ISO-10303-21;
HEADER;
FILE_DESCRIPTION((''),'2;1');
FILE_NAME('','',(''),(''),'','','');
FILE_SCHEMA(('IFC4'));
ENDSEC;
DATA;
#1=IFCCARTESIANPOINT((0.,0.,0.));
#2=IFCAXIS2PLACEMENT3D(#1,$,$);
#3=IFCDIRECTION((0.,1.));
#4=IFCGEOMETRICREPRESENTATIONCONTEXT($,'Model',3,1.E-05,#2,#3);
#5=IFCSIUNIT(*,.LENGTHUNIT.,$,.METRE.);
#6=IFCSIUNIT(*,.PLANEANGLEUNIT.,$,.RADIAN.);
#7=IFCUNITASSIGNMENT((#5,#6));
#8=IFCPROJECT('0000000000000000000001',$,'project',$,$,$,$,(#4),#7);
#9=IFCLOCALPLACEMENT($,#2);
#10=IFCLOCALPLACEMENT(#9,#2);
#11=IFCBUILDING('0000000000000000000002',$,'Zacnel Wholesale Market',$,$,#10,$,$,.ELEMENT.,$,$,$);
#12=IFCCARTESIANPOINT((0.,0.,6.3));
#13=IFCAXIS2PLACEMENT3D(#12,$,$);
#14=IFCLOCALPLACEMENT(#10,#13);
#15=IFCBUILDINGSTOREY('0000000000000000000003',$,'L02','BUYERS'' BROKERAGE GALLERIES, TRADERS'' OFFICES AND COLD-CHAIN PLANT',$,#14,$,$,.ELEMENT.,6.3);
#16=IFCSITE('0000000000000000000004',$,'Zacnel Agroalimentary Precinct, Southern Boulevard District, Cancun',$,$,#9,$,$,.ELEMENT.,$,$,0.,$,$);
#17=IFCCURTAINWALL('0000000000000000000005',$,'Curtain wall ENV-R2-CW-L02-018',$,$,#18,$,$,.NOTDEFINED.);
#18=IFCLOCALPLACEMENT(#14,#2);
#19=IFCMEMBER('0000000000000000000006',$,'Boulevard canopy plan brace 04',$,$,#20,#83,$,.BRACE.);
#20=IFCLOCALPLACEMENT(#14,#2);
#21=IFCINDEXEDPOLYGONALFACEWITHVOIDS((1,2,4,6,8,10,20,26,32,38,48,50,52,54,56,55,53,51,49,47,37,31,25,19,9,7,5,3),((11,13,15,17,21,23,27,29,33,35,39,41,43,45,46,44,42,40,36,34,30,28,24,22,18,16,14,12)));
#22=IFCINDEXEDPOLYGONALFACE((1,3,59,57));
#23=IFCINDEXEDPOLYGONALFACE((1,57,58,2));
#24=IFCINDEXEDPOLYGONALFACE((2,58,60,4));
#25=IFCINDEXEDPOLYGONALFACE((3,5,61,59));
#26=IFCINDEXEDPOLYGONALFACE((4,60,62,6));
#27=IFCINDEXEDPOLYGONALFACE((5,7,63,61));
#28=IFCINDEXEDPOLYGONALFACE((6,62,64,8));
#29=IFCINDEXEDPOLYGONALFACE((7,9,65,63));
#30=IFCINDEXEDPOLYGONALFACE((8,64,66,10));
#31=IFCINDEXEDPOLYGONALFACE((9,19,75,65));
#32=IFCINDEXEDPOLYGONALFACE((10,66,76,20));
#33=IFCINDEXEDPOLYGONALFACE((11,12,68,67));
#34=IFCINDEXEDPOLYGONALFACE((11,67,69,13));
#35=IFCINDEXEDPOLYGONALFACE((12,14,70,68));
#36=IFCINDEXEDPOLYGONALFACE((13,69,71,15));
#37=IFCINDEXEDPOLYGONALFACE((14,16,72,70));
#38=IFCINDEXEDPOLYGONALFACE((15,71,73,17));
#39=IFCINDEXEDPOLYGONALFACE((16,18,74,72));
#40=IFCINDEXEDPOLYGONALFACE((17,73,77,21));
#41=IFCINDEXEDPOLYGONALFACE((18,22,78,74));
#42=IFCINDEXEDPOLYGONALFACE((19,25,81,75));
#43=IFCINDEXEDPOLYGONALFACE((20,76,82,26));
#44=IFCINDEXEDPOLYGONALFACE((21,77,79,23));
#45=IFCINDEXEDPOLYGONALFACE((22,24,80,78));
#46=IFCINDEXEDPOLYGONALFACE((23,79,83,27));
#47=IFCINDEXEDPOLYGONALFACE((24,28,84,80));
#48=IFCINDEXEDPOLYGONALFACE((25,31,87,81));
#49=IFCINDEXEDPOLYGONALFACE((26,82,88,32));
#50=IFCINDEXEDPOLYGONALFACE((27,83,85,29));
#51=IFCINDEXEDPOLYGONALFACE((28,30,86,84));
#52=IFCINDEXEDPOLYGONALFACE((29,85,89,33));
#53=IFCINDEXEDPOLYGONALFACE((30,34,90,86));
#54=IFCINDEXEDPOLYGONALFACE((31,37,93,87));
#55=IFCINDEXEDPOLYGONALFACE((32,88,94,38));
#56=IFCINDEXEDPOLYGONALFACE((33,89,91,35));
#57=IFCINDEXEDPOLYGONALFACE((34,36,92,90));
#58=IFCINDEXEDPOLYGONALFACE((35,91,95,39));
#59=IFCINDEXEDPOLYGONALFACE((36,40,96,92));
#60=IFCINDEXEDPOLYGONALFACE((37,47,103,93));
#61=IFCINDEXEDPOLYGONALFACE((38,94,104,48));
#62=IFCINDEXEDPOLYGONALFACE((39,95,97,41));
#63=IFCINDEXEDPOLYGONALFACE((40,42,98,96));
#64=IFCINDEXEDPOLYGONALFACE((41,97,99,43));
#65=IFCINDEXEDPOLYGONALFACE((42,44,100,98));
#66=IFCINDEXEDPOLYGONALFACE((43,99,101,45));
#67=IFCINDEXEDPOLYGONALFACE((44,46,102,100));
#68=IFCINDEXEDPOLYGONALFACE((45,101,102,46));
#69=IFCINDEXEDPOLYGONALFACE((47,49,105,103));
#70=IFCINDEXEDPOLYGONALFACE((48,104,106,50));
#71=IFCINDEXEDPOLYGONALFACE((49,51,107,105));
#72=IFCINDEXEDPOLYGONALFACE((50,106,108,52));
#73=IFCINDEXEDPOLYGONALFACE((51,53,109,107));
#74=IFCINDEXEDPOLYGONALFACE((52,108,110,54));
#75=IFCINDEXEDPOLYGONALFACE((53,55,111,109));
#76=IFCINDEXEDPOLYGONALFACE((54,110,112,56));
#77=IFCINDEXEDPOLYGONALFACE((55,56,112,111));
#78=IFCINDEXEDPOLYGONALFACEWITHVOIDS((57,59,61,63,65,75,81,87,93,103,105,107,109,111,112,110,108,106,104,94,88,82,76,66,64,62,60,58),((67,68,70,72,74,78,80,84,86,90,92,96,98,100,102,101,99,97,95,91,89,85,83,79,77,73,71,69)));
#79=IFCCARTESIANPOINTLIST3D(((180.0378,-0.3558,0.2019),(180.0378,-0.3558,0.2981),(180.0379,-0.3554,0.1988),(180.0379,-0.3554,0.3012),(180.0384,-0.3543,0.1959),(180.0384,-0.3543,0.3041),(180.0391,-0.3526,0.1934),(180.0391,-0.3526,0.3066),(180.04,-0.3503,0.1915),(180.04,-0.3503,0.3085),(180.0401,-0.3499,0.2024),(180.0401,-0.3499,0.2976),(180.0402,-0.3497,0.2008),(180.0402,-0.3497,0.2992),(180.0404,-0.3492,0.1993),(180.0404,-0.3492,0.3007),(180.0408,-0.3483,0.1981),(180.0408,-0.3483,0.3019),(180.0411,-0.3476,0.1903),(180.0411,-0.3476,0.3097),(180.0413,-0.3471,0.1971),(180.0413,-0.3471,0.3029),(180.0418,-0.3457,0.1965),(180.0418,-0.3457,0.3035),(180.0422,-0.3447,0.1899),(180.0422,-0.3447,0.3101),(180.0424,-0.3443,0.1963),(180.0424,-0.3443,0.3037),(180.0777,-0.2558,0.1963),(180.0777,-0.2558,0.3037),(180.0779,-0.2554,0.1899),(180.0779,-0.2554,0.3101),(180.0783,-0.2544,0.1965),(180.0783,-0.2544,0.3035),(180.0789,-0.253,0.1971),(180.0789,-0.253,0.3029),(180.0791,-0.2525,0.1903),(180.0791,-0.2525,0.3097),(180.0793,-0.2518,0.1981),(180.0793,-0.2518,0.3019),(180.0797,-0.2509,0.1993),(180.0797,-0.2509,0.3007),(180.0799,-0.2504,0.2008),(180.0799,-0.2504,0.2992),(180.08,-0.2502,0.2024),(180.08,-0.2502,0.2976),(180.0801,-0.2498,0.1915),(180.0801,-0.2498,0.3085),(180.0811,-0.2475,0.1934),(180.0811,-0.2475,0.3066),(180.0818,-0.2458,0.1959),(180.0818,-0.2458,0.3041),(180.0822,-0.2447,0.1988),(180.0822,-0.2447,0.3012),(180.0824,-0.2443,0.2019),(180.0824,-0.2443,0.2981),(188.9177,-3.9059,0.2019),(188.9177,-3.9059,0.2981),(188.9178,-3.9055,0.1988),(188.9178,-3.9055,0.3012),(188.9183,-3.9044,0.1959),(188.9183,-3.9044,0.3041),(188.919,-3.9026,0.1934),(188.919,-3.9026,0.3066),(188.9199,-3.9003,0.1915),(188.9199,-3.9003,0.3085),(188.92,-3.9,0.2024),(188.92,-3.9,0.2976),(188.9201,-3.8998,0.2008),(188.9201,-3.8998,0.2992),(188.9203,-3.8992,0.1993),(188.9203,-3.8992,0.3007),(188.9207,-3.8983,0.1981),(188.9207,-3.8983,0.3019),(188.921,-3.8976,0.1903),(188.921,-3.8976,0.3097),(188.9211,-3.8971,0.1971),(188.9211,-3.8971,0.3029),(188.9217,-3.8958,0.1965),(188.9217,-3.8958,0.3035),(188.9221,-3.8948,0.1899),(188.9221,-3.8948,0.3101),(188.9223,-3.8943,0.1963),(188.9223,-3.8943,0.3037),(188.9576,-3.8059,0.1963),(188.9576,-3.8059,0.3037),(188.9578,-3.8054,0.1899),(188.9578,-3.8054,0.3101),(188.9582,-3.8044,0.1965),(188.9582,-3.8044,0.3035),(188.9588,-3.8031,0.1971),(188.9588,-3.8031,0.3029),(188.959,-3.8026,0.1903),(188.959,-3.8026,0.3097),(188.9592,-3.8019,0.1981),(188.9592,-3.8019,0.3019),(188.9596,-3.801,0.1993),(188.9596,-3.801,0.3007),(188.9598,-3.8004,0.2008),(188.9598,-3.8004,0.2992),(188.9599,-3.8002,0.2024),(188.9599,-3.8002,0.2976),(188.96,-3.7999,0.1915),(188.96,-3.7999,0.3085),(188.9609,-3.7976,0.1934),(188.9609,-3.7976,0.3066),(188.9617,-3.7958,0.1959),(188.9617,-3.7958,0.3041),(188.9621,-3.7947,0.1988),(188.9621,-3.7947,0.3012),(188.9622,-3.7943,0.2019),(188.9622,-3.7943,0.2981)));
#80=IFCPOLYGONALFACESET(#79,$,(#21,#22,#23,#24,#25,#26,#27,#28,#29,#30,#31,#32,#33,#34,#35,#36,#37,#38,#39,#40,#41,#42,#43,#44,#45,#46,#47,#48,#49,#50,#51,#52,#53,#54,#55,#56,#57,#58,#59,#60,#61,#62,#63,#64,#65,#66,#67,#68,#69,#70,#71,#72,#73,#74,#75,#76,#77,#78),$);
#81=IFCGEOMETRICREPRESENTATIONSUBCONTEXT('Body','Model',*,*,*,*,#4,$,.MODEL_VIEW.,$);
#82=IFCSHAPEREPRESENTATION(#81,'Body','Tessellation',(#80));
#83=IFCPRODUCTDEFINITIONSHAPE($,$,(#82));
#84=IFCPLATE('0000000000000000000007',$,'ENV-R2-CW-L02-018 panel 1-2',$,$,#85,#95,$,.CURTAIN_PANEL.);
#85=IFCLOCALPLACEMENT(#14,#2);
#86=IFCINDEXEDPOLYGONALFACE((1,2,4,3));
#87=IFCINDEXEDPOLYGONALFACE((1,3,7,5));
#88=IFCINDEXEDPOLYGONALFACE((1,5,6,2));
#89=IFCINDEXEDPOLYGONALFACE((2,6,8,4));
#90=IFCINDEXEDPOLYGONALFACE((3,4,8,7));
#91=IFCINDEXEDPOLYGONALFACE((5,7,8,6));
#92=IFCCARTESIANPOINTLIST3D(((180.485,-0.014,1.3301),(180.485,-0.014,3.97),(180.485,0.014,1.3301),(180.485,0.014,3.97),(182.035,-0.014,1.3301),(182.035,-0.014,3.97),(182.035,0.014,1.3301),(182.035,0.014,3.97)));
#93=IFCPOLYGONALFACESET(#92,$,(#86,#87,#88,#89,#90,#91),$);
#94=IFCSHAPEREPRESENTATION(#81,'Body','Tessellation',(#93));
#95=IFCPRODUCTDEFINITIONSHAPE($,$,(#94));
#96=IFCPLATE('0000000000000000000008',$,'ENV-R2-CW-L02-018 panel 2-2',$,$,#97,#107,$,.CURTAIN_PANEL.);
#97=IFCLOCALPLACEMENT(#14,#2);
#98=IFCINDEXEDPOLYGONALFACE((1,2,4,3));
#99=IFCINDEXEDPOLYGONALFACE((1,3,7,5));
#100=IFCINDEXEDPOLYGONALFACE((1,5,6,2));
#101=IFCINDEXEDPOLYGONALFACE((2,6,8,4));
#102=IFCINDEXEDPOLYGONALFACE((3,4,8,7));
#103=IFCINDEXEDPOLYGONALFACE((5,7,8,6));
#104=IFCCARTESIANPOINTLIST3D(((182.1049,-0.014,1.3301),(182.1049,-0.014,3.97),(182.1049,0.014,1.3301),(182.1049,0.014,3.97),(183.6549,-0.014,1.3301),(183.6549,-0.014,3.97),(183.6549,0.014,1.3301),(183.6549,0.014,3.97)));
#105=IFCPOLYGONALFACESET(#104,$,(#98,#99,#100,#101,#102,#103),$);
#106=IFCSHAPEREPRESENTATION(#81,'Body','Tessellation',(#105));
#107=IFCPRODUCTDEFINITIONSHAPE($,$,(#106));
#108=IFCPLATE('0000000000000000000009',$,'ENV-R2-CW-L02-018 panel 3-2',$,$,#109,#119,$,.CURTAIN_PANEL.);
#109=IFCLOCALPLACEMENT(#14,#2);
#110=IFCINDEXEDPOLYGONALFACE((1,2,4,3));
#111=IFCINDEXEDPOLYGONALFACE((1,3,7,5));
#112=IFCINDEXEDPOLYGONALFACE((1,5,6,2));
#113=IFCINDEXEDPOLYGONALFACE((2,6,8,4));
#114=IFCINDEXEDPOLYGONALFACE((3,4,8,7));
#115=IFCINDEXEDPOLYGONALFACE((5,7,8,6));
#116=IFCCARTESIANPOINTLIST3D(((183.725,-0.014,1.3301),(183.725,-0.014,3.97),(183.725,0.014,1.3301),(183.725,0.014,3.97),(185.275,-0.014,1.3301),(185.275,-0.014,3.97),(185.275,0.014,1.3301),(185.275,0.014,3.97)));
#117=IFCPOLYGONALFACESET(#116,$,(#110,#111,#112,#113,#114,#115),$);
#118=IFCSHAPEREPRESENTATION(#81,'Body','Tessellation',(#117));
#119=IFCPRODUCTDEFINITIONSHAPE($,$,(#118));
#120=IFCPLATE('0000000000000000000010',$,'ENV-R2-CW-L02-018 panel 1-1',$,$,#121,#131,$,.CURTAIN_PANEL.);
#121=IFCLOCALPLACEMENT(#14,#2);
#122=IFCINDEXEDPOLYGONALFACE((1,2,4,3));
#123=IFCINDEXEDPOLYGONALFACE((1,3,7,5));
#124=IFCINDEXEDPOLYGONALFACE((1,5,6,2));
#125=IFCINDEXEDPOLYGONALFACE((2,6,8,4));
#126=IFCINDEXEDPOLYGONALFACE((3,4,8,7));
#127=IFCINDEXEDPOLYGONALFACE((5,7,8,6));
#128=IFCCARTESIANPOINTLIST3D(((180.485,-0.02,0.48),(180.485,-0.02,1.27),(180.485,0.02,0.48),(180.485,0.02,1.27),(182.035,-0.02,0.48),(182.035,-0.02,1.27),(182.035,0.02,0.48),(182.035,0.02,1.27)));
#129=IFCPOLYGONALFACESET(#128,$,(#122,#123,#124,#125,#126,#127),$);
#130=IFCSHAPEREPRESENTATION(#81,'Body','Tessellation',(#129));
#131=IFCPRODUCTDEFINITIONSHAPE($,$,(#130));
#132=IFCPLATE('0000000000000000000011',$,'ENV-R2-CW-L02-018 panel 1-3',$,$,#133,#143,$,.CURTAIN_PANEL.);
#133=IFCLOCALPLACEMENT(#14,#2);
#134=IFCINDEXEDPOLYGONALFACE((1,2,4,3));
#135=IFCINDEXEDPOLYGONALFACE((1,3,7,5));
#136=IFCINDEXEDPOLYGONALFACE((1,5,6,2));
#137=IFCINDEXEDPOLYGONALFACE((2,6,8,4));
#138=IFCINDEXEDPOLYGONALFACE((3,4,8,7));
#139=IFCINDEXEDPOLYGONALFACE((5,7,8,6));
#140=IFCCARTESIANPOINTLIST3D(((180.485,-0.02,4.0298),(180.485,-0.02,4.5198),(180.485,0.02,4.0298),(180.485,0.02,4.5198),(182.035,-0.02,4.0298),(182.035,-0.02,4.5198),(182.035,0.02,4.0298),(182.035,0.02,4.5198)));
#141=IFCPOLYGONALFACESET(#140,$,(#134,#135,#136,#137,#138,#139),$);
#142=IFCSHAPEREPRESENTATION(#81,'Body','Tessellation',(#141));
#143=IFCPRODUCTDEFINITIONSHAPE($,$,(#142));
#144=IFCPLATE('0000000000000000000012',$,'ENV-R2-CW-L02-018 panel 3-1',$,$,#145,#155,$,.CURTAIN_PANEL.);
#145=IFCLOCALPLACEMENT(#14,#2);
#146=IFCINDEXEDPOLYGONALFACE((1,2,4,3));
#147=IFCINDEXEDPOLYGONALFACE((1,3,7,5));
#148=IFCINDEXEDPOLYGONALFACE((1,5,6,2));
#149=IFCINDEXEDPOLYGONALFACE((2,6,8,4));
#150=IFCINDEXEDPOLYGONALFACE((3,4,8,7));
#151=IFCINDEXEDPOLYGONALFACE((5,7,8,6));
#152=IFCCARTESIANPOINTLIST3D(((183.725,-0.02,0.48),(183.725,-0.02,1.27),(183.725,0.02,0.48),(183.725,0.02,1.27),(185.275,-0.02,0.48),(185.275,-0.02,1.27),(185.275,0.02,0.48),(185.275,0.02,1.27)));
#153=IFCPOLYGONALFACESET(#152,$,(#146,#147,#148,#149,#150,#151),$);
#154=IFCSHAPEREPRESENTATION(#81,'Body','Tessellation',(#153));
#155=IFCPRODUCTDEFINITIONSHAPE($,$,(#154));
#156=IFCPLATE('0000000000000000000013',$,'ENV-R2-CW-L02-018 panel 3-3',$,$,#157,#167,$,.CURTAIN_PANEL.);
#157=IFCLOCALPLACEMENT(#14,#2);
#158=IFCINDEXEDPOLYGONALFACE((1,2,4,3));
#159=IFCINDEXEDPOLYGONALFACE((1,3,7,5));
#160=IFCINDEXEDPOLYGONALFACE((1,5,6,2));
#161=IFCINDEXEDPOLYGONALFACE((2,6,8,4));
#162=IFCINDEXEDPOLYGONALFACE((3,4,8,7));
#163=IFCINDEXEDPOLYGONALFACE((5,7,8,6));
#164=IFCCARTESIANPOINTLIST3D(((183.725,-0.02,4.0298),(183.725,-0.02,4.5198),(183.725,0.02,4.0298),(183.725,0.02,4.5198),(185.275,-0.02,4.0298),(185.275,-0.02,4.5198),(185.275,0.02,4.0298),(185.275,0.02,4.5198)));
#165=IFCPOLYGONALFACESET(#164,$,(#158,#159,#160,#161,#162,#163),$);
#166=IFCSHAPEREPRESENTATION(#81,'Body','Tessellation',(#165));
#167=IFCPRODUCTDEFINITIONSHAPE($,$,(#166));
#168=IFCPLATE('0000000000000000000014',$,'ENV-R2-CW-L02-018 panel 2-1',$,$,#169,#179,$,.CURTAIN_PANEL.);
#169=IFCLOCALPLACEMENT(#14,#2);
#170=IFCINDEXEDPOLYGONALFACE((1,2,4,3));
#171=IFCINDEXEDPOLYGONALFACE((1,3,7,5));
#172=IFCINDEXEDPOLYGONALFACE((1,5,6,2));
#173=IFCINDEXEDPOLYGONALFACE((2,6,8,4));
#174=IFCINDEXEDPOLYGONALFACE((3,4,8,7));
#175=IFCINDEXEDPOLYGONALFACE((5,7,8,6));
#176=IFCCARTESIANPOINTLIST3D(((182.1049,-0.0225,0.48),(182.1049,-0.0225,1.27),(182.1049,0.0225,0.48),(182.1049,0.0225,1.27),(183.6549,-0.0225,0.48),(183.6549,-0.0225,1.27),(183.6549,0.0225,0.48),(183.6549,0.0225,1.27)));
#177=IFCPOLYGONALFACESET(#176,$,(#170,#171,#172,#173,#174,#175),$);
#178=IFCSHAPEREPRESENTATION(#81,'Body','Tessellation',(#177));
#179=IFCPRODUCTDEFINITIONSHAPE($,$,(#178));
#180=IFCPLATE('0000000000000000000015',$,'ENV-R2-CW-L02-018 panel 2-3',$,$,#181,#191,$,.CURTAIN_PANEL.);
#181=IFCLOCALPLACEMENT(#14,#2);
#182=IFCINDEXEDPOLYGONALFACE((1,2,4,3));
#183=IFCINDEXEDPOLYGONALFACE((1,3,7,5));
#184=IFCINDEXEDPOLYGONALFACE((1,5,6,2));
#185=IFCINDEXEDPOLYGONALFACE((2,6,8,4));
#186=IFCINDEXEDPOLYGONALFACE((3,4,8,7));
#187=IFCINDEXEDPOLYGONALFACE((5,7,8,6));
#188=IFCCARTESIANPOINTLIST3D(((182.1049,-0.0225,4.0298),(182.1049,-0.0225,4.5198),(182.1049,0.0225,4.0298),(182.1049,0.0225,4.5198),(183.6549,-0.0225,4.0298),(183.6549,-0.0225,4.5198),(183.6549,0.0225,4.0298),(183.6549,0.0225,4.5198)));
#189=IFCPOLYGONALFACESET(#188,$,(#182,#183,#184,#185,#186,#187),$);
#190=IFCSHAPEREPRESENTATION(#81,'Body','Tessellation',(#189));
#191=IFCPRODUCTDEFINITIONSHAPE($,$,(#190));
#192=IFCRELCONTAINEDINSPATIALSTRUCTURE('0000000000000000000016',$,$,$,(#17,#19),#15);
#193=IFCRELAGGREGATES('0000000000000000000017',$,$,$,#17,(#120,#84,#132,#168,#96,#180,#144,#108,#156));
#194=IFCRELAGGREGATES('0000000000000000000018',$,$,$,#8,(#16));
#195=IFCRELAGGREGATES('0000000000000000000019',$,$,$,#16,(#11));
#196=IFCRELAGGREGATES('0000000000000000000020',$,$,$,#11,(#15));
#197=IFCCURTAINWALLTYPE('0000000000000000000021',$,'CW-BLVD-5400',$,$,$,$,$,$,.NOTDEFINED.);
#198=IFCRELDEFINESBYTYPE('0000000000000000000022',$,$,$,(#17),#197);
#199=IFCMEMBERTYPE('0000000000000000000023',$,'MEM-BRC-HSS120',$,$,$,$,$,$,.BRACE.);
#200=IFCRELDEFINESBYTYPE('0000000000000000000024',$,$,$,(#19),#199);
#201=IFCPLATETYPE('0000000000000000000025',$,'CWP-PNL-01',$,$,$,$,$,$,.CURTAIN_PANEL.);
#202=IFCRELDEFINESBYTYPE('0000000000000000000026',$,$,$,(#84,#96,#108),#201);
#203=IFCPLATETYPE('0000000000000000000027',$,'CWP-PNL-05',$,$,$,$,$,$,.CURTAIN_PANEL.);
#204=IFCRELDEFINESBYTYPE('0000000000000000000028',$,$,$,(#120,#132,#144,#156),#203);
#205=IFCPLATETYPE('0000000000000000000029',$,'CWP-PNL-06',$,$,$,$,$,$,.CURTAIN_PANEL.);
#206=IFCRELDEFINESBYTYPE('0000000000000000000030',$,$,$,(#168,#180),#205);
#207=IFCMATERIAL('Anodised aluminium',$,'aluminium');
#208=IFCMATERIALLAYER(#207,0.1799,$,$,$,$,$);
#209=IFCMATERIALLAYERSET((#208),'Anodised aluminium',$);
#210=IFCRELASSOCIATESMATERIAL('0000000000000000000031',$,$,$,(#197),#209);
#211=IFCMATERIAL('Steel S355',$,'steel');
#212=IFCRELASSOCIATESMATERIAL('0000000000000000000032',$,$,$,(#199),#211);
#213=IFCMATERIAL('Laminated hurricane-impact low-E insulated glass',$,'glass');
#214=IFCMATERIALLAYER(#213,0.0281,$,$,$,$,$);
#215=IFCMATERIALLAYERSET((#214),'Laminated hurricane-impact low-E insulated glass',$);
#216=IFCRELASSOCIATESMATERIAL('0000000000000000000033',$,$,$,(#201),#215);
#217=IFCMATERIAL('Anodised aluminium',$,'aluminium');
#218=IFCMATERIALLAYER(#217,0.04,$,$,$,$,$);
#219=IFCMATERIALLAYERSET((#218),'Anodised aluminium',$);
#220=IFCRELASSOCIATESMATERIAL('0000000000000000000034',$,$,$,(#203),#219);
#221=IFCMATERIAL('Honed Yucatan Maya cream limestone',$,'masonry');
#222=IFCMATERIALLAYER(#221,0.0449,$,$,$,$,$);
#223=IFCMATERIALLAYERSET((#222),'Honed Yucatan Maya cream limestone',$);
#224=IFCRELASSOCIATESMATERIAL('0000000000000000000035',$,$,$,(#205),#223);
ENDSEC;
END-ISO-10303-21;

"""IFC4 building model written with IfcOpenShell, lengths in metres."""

from ifc_helpers import new_model, si_unit, direction, frame, origin, origin_2d, place, context, subcontext, project, spatial, rectangle, hollow_rectangle, extrude, material, layer, layer_set, material_profile, profile_set, type_object, element, aggregate, save


model = new_model("IFC4")

# Units and contexts
model_context = context("Model", 3, precision=1e-05, world=origin(), true_north=direction((0.0, 1.0)))
body_context = subcontext(model_context, "Body", "Model", "MODEL_VIEW")
ifc_project = project(units=[si_unit("LENGTHUNIT", "METRE"), si_unit("PLANEANGLEUNIT", "RADIAN")], contexts=[model_context])

# Site, building, storey
site_placement = place(None, origin())
site = spatial("IfcSite", under=ifc_project, at=site_placement, Name="Zacnel Agroalimentary Precinct, Southern Boulevard District, Cancun", CompositionType="ELEMENT", RefElevation=0.0)
building_placement = place(site_placement, origin())
building = spatial("IfcBuilding", under=site, at=building_placement, Name="Zacnel Wholesale Market", CompositionType="ELEMENT")
storey_placement = place(building_placement, frame((0.0, 0.0, 6.3)))
storey = spatial("IfcBuildingStorey", under=building, at=storey_placement, Name="L02", Description="BUYERS' BROKERAGE GALLERIES, TRADERS' OFFICES AND COLD-CHAIN PLANT", CompositionType="ELEMENT", Elevation=6.3)

# Curtain wall
ifc_material_1 = material(Name="Anodised aluminium", Category="aluminium")
ifc_layer_1 = layer(ifc_material_1, 0.1799)
ifc_layer_set_1 = layer_set([ifc_layer_1], Name="Anodised aluminium")
curtain_wall_type = type_object("IfcCurtainWallType", Name="CW-BLVD-5400", PredefinedType="NOTDEFINED", material=ifc_layer_set_1)
curtain_wall_placement = place(storey_placement, origin())
curtain_wall = element("IfcCurtainWall", 1, at=curtain_wall_placement, inside=storey, type_object=curtain_wall_type, Name="Curtain wall ENV-R2-CW-L02-018", PredefinedType="NOTDEFINED")

# Member
ifc_material_2 = material(Name="Steel S355", Category="steel")
ifc_material_profile_1 = material_profile(ifc_material_2, hollow_rectangle(XDim=0.1201, YDim=0.1201, WallThickness=0.0063, InnerFilletRadius=0.0061, OuterFilletRadius=0.012, at=origin_2d()), Name="HSS 120x120x6.3")
ifc_profile_set_1 = profile_set([ifc_material_profile_1], Name="Steel S355")
member_type_1 = type_object("IfcMemberType", Name="MEM-BRC-HSS120", PredefinedType="BRACE", material=ifc_profile_set_1)
member_1_placement = place(storey_placement, frame((180.0601, -0.3, 0.25), z_axis=(0.928545, -0.371219, 0.0), x_axis=(0.371219, 0.928545, 0.0)))
element("IfcMember", 2, at=member_1_placement, inside=storey, type_object=member_type_1, Name="Boulevard canopy plan brace 04", PredefinedType="BRACE", context=body_context, shape_type="SweptSolid", body=[
    extrude(hollow_rectangle(XDim=0.1201, YDim=0.1201, WallThickness=0.0063, InnerFilletRadius=0.0061, OuterFilletRadius=0.012, at=origin_2d()), origin(), (0.0, 0.0, 1.0), 9.5632),
])

# Plates
ifc_material_3 = material(Name="Laminated hurricane-impact low-E insulated glass", Category="glass")
ifc_layer_2 = layer(ifc_material_3, 0.0281)
ifc_layer_set_2 = layer_set([ifc_layer_2], Name="Laminated hurricane-impact low-E insulated glass")
plate_type_1 = type_object("IfcPlateType", Name="CWP-PNL-01", PredefinedType="CURTAIN_PANEL", material=ifc_layer_set_2)
plate_1_placement = place(storey_placement, frame((181.26, 0.0, 1.3301), z_axis=(0.0, 0.0, 1.0), x_axis=(1.0, 0.0, 0.0)))
plate_1 = element("IfcPlate", 3, at=plate_1_placement, type_object=plate_type_1, Name="ENV-R2-CW-L02-018 panel 1-2", PredefinedType="CURTAIN_PANEL", context=body_context, shape_type="SweptSolid", body=[
    extrude(rectangle(XDim=1.55, YDim=0.0281, at=origin_2d()), origin(), (0.0, 0.0, 1.0), 2.6399),
])
plate_2_placement = place(storey_placement, frame((182.8799, 0.0, 1.3301), z_axis=(0.0, 0.0, 1.0), x_axis=(1.0, 0.0, 0.0)))
plate_2 = element("IfcPlate", 4, at=plate_2_placement, type_object=plate_type_1, Name="ENV-R2-CW-L02-018 panel 2-2", PredefinedType="CURTAIN_PANEL", context=body_context, shape_type="SweptSolid", body=[
    extrude(rectangle(XDim=1.55, YDim=0.0281, at=origin_2d()), origin(), (0.0, 0.0, 1.0), 2.6399),
])
plate_3_placement = place(storey_placement, frame((184.5, 0.0, 1.3301), z_axis=(0.0, 0.0, 1.0), x_axis=(1.0, 0.0, 0.0)))
plate_3 = element("IfcPlate", 5, at=plate_3_placement, type_object=plate_type_1, Name="ENV-R2-CW-L02-018 panel 3-2", PredefinedType="CURTAIN_PANEL", context=body_context, shape_type="SweptSolid", body=[
    extrude(rectangle(XDim=1.55, YDim=0.0281, at=origin_2d()), origin(), (0.0, 0.0, 1.0), 2.6399),
])
ifc_material_4 = material(Name="Anodised aluminium", Category="aluminium")
ifc_layer_3 = layer(ifc_material_4, 0.04)
ifc_layer_set_3 = layer_set([ifc_layer_3], Name="Anodised aluminium")
plate_type_2 = type_object("IfcPlateType", Name="CWP-PNL-05", PredefinedType="CURTAIN_PANEL", material=ifc_layer_set_3)
plate_4_placement = place(storey_placement, frame((181.26, 0.0, 0.48), z_axis=(0.0, 0.0, 1.0), x_axis=(1.0, 0.0, 0.0)))
plate_4 = element("IfcPlate", 6, at=plate_4_placement, type_object=plate_type_2, Name="ENV-R2-CW-L02-018 panel 1-1", PredefinedType="CURTAIN_PANEL", context=body_context, shape_type="SweptSolid", body=[
    extrude(rectangle(XDim=1.55, YDim=0.04, at=origin_2d()), origin(), (0.0, 0.0, 1.0), 0.79),
])
plate_5_placement = place(storey_placement, frame((181.26, 0.0, 4.0298), z_axis=(0.0, 0.0, 1.0), x_axis=(1.0, 0.0, 0.0)))
plate_5 = element("IfcPlate", 7, at=plate_5_placement, type_object=plate_type_2, Name="ENV-R2-CW-L02-018 panel 1-3", PredefinedType="CURTAIN_PANEL", context=body_context, shape_type="SweptSolid", body=[
    extrude(rectangle(XDim=1.55, YDim=0.04, at=origin_2d()), origin(), (0.0, 0.0, 1.0), 0.49),
])
plate_6_placement = place(storey_placement, frame((184.5, 0.0, 0.48), z_axis=(0.0, 0.0, 1.0), x_axis=(1.0, 0.0, 0.0)))
plate_6 = element("IfcPlate", 8, at=plate_6_placement, type_object=plate_type_2, Name="ENV-R2-CW-L02-018 panel 3-1", PredefinedType="CURTAIN_PANEL", context=body_context, shape_type="SweptSolid", body=[
    extrude(rectangle(XDim=1.55, YDim=0.04, at=origin_2d()), origin(), (0.0, 0.0, 1.0), 0.79),
])
plate_7_placement = place(storey_placement, frame((184.5, 0.0, 4.0298), z_axis=(0.0, 0.0, 1.0), x_axis=(1.0, 0.0, 0.0)))
plate_7 = element("IfcPlate", 9, at=plate_7_placement, type_object=plate_type_2, Name="ENV-R2-CW-L02-018 panel 3-3", PredefinedType="CURTAIN_PANEL", context=body_context, shape_type="SweptSolid", body=[
    extrude(rectangle(XDim=1.55, YDim=0.04, at=origin_2d()), origin(), (0.0, 0.0, 1.0), 0.49),
])
ifc_material_5 = material(Name="Honed Yucatan Maya cream limestone", Category="masonry")
ifc_layer_4 = layer(ifc_material_5, 0.0449)
ifc_layer_set_4 = layer_set([ifc_layer_4], Name="Honed Yucatan Maya cream limestone")
plate_type_3 = type_object("IfcPlateType", Name="CWP-PNL-06", PredefinedType="CURTAIN_PANEL", material=ifc_layer_set_4)
plate_8_placement = place(storey_placement, frame((182.8799, 0.0, 0.48), z_axis=(0.0, 0.0, 1.0), x_axis=(1.0, 0.0, 0.0)))
plate_8 = element("IfcPlate", 10, at=plate_8_placement, type_object=plate_type_3, Name="ENV-R2-CW-L02-018 panel 2-1", PredefinedType="CURTAIN_PANEL", context=body_context, shape_type="SweptSolid", body=[
    extrude(rectangle(XDim=1.55, YDim=0.0449, at=origin_2d()), origin(), (0.0, 0.0, 1.0), 0.79),
])
plate_9_placement = place(storey_placement, frame((182.8799, 0.0, 4.0298), z_axis=(0.0, 0.0, 1.0), x_axis=(1.0, 0.0, 0.0)))
plate_9 = element("IfcPlate", 11, at=plate_9_placement, type_object=plate_type_3, Name="ENV-R2-CW-L02-018 panel 2-3", PredefinedType="CURTAIN_PANEL", context=body_context, shape_type="SweptSolid", body=[
    extrude(rectangle(XDim=1.55, YDim=0.0449, at=origin_2d()), origin(), (0.0, 0.0, 1.0), 0.49),
])
aggregate(curtain_wall, [plate_4, plate_1, plate_5, plate_8, plate_2, plate_9, plate_6, plate_3, plate_7])

save(model, "model.ifc")
